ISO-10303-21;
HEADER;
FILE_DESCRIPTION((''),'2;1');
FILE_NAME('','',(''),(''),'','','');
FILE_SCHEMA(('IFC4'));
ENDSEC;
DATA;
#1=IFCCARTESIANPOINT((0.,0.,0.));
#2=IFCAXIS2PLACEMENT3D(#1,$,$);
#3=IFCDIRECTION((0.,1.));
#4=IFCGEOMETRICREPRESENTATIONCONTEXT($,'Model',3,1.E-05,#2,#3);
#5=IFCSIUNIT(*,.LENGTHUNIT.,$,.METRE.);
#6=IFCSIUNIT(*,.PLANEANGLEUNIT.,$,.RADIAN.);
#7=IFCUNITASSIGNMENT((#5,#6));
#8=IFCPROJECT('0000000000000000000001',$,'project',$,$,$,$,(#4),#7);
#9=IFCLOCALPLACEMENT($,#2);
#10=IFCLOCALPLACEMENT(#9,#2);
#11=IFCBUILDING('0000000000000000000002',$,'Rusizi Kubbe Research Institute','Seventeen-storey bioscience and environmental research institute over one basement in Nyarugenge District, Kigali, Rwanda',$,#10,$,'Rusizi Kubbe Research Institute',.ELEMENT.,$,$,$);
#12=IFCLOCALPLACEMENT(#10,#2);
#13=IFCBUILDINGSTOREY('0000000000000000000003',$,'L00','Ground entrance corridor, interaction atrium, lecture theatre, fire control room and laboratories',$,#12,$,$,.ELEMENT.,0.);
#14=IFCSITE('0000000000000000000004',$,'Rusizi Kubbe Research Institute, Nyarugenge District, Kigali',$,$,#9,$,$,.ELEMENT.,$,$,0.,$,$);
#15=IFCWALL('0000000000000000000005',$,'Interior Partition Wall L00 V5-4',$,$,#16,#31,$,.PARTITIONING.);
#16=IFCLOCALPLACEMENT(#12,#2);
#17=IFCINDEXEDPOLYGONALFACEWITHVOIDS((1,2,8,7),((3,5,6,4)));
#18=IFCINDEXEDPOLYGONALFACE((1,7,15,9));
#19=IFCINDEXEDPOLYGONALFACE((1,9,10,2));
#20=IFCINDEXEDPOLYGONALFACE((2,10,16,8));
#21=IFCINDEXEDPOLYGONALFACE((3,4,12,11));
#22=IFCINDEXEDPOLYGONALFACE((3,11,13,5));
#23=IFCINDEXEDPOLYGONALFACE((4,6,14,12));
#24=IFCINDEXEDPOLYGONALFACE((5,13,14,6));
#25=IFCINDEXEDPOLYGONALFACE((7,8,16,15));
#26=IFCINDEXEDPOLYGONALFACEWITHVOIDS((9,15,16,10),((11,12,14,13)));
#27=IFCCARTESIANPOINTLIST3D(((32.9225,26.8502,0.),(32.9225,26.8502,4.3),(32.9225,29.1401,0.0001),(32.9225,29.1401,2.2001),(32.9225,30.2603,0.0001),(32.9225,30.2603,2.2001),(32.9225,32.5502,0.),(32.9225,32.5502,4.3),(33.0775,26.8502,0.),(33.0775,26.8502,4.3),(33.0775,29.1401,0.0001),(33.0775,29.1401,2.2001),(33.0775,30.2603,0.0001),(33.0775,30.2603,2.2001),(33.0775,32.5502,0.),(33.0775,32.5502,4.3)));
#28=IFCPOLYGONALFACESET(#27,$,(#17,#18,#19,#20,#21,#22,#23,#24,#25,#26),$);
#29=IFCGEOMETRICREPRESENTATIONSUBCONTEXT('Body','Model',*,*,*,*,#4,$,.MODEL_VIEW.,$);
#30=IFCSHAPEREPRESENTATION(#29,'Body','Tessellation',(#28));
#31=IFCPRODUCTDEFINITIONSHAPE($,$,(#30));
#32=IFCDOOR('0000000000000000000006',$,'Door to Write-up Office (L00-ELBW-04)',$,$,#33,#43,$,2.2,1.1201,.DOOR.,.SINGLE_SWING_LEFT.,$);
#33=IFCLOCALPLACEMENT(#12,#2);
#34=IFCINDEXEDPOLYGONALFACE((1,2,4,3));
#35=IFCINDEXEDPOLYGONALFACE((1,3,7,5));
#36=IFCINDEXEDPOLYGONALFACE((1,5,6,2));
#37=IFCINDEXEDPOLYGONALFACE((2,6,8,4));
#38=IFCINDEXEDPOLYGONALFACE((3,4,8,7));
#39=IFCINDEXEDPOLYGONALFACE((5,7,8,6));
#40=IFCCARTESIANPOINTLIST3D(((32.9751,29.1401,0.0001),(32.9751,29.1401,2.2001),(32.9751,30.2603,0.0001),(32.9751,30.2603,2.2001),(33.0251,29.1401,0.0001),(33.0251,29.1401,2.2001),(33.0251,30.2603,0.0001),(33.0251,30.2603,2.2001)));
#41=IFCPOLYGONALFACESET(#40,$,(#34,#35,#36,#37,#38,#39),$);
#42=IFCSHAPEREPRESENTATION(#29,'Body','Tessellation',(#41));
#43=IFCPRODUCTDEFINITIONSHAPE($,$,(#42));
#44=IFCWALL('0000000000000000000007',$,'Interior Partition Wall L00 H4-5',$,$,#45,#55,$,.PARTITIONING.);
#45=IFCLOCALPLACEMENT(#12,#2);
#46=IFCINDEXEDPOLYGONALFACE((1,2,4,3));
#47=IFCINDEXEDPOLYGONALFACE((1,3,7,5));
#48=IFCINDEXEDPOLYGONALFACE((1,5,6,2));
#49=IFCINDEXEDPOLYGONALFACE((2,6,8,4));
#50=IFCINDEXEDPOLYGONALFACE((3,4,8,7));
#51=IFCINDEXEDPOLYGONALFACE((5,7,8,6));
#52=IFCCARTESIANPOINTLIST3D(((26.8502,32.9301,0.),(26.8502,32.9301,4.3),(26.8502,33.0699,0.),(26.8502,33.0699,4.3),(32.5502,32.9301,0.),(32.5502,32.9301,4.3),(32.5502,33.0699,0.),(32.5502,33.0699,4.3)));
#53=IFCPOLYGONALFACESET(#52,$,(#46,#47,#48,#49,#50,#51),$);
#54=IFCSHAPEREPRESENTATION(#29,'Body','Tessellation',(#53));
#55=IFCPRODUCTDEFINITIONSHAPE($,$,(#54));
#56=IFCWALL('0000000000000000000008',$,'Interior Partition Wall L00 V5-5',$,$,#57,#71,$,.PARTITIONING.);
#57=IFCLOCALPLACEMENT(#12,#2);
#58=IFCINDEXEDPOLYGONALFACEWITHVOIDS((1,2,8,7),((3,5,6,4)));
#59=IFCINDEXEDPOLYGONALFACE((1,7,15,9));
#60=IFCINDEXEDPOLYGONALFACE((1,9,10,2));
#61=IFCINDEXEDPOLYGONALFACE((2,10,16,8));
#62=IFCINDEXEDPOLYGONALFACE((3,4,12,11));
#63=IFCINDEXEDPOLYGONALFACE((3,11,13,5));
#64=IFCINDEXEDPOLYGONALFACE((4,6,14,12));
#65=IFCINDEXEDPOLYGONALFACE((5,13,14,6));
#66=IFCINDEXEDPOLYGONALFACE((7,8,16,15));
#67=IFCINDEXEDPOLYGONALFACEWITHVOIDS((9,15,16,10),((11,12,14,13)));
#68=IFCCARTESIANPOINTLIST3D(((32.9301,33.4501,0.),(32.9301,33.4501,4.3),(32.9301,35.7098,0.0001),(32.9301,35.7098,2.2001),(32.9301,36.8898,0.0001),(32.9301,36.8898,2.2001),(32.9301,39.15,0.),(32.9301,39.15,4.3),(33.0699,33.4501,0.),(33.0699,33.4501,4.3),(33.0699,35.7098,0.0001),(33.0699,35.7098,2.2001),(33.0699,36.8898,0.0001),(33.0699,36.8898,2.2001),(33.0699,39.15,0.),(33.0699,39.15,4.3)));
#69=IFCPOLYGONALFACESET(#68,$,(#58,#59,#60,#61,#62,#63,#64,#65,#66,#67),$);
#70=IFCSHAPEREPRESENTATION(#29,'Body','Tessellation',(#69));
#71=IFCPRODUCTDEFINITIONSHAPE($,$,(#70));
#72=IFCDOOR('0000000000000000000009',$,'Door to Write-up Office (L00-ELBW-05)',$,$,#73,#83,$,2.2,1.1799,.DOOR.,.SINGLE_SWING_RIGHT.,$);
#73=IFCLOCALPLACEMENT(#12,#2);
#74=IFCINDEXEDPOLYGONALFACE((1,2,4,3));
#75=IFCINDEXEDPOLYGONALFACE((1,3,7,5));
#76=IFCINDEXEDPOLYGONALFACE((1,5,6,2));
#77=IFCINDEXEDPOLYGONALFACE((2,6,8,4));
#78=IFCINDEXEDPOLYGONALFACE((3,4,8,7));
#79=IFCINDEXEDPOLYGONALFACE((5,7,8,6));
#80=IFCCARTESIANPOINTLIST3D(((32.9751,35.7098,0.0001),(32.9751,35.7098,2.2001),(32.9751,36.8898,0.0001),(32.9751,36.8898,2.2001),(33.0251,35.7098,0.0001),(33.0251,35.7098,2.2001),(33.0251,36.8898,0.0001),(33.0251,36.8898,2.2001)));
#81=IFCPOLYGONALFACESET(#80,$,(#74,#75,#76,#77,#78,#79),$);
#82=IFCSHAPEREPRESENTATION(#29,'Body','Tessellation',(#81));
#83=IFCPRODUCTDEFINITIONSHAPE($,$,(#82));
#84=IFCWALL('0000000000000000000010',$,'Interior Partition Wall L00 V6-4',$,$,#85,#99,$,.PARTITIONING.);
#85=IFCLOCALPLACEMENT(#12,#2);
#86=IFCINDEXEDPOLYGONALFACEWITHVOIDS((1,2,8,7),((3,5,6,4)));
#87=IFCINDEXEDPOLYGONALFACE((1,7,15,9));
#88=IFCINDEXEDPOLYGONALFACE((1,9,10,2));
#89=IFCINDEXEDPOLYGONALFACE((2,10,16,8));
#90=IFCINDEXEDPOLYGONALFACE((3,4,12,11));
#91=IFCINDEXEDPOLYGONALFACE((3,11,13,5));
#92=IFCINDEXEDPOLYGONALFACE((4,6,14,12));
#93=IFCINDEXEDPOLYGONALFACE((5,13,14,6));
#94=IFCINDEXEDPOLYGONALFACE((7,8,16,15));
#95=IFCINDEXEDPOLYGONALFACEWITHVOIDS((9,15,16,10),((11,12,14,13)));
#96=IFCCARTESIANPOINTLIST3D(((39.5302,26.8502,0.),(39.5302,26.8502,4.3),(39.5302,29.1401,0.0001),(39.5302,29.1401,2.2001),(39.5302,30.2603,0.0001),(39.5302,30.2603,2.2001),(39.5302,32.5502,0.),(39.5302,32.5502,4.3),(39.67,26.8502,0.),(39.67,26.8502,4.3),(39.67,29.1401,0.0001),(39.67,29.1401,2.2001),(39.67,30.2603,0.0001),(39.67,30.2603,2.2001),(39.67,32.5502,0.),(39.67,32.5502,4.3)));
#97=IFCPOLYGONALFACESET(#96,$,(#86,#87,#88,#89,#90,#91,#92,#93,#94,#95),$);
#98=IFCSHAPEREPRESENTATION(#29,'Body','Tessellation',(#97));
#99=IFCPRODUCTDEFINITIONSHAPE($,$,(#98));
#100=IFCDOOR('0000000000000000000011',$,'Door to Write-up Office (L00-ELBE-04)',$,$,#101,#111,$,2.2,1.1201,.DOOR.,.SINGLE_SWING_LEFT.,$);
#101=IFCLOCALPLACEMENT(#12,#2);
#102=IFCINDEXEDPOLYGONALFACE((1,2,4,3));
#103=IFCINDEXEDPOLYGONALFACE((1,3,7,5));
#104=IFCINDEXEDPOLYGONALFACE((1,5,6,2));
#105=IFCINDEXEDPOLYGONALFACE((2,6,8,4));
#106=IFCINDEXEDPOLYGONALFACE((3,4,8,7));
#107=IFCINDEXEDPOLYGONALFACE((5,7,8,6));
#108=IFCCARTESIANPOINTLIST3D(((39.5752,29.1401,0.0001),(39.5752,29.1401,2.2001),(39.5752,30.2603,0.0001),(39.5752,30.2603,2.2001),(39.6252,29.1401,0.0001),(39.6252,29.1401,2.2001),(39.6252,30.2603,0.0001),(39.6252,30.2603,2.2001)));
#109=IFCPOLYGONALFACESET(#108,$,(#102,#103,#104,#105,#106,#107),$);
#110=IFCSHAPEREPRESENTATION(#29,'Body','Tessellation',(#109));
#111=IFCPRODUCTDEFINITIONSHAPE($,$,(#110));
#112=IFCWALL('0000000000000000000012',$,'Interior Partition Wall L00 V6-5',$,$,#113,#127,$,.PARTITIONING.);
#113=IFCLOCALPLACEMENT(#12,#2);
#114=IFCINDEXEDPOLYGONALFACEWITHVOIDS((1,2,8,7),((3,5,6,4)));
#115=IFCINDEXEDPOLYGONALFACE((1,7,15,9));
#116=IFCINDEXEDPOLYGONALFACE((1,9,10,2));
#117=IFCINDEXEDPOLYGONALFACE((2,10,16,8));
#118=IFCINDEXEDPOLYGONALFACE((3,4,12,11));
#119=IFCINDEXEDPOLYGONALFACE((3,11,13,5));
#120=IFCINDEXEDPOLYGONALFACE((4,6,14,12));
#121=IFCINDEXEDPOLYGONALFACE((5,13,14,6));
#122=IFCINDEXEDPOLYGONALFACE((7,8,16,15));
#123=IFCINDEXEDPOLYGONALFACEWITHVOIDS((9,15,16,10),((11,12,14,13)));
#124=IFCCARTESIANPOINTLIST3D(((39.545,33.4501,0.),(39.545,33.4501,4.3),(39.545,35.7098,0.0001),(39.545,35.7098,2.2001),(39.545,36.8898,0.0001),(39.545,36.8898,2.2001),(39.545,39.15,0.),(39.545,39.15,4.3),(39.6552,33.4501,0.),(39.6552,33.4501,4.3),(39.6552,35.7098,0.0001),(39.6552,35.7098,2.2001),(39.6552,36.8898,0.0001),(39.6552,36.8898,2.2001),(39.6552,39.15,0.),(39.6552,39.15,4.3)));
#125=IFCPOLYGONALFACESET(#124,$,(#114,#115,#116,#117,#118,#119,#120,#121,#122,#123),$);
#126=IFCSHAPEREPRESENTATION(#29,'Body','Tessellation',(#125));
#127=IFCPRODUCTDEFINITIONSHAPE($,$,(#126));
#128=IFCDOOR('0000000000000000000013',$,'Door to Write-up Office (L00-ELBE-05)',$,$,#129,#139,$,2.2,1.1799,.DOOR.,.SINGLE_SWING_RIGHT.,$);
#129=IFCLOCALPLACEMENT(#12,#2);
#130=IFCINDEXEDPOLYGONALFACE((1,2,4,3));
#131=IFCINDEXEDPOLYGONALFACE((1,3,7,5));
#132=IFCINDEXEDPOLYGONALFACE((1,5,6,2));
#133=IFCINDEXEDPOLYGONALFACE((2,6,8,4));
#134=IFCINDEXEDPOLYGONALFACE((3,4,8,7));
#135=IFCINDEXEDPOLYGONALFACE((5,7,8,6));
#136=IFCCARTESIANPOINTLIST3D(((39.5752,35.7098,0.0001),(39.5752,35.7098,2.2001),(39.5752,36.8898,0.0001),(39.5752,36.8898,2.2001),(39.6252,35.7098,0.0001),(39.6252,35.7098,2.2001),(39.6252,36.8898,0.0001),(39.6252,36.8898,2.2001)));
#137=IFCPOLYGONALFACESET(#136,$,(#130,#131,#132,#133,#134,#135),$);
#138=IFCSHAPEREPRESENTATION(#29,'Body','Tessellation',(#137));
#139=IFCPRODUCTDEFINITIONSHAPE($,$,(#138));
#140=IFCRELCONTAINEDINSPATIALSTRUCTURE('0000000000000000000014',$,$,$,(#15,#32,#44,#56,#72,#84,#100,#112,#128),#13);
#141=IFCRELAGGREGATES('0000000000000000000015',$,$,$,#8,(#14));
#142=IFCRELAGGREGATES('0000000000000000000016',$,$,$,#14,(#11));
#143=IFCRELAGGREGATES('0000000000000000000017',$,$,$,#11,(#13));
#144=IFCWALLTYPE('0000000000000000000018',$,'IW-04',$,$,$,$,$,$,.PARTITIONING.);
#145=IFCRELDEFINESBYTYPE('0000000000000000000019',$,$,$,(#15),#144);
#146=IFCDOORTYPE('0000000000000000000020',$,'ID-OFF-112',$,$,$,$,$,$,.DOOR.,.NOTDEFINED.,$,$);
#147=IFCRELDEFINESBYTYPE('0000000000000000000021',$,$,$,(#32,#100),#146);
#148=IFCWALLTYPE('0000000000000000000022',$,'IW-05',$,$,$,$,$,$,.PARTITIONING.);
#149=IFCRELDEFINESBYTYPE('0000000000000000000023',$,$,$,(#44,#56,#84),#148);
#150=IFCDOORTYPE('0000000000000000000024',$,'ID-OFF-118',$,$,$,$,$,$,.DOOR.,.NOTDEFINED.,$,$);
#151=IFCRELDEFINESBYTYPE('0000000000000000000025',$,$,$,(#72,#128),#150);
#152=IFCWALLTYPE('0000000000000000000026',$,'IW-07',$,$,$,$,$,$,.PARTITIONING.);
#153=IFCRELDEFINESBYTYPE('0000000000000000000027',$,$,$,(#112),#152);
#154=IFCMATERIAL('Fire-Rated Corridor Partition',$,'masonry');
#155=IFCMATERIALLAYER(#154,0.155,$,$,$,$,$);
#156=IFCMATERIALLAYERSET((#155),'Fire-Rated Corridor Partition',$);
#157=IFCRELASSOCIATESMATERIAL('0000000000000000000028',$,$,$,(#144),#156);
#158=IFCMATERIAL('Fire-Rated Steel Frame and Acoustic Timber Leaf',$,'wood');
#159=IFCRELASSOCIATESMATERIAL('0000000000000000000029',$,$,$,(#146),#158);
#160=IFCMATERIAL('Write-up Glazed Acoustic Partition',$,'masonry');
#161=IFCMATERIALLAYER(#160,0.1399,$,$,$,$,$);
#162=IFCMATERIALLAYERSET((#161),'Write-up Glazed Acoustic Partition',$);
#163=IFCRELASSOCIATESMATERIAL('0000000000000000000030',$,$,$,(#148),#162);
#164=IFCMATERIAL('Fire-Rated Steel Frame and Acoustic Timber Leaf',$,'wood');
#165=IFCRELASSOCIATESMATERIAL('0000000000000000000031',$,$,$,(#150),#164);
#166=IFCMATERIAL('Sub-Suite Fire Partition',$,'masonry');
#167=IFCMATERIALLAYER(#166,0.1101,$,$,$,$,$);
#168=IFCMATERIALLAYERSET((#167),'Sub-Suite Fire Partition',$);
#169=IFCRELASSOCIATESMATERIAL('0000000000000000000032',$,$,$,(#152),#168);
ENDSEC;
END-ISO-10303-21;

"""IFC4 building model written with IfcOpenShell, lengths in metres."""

from ifc_helpers import new_model, si_unit, direction, frame, frame_2d, origin, place, context, subcontext, project, spatial, rectangle, extrude, material, layer, layer_set, type_object, element, fill, save


model = new_model("IFC4")

# Units and contexts
model_context = context("Model", 3, precision=1e-05, world=origin(), true_north=direction((0.0, 1.0)))
body_context = subcontext(model_context, "Body", "Model", "MODEL_VIEW")
ifc_project = project(units=[si_unit("LENGTHUNIT", "METRE"), si_unit("PLANEANGLEUNIT", "RADIAN")], contexts=[model_context])

# Site, building, storey
site_placement = place(None, origin())
site = spatial("IfcSite", under=ifc_project, at=site_placement, Name="Rusizi Kubbe Research Institute, Nyarugenge District, Kigali", CompositionType="ELEMENT", RefElevation=0.0)
building_placement = place(site_placement, origin())
building = spatial("IfcBuilding", under=site, at=building_placement, Name="Rusizi Kubbe Research Institute", Description="Seventeen-storey bioscience and environmental research institute over one basement in Nyarugenge District, Kigali, Rwanda", LongName="Rusizi Kubbe Research Institute", CompositionType="ELEMENT")
storey_placement = place(building_placement, origin())
storey = spatial("IfcBuildingStorey", under=building, at=storey_placement, Name="L00", Description="Ground entrance corridor, interaction atrium, lecture theatre, fire control room and laboratories", CompositionType="ELEMENT", Elevation=0.0)

# Shared definitions
ifc_material_1 = material(Name="Fire-Rated Corridor Partition", Category="masonry")
ifc_layer_1 = layer(ifc_material_1, 0.155)
ifc_layer_set_1 = layer_set([ifc_layer_1], Name="Fire-Rated Corridor Partition")
wall_type_1 = type_object("IfcWallType", Name="IW-04", PredefinedType="PARTITIONING", material=ifc_layer_set_1)

# Wall, opening, door
wall_1_placement = place(storey_placement, frame((33.0, 26.8501, 0.0), z_axis=(0.0, 0.0, 1.0), x_axis=(0.0, 1.0, 0.0)))
wall_1 = element("IfcWall", 1, at=wall_1_placement, inside=storey, type_object=wall_type_1, Name="Interior Partition Wall L00 V5-4", PredefinedType="PARTITIONING", context=body_context, shape_type="SweptSolid", body=[
    extrude(rectangle(XDim=5.7, YDim=0.155, at=frame_2d((2.8501, 0.0))), origin(), (0.0, 0.0, 1.0), 4.3),
])
opening_1_placement = place(wall_1_placement, frame((2.29, 0.0, 0.0)))
opening_1 = element("IfcOpeningElement", 2, at=opening_1_placement, cuts=wall_1, PredefinedType="OPENING", context=body_context, shape_type="SweptSolid", body=[
    extrude(rectangle(XDim=1.1201, YDim=2.2, at=frame_2d((0.5601, 1.1001))), frame((0.0, 0.0874, 0.0), z_axis=(0.0, -1.0, 0.0), x_axis=(1.0, 0.0, 0.0)), (0.0, 0.0, 1.0), 0.175),
])
ifc_material_2 = material(Name="Fire-Rated Steel Frame and Acoustic Timber Leaf", Category="wood")
door_type_1 = type_object("IfcDoorType", Name="ID-OFF-112", OperationType="NOTDEFINED", PredefinedType="DOOR", material=ifc_material_2)
door_1_placement = place(opening_1_placement, origin())
door_1 = element("IfcDoor", 3, at=door_1_placement, inside=storey, type_object=door_type_1, Name="Door to Write-up Office (L00-ELBW-04)", OperationType="SINGLE_SWING_LEFT", OverallHeight=2.2, OverallWidth=1.1201, PredefinedType="DOOR", context=body_context, shape_type="SweptSolid", body=[
    extrude(rectangle(XDim=1.1201, YDim=2.2, at=frame_2d((0.5601, 1.1001))), frame((0.0, 0.0249, 0.0), z_axis=(0.0, -1.0, 0.0), x_axis=(1.0, 0.0, 0.0)), (0.0, 0.0, 1.0), 0.05),
])
fill(opening_1, door_1)

# Wall
ifc_material_3 = material(Name="Write-up Glazed Acoustic Partition", Category="masonry")
ifc_layer_2 = layer(ifc_material_3, 0.1399)
ifc_layer_set_2 = layer_set([ifc_layer_2], Name="Write-up Glazed Acoustic Partition")
wall_type_2 = type_object("IfcWallType", Name="IW-05", PredefinedType="PARTITIONING", material=ifc_layer_set_2)
wall_2_placement = place(storey_placement, frame((26.8501, 33.0, 0.0), z_axis=(0.0, 0.0, 1.0), x_axis=(1.0, 0.0, 0.0)))
element("IfcWall", 4, at=wall_2_placement, inside=storey, type_object=wall_type_2, Name="Interior Partition Wall L00 H4-5", PredefinedType="PARTITIONING", context=body_context, shape_type="SweptSolid", body=[
    extrude(rectangle(XDim=5.7, YDim=0.1399, at=frame_2d((2.8501, 0.0))), origin(), (0.0, 0.0, 1.0), 4.3),
])

# Walls, openings, doors
wall_3_placement = place(storey_placement, frame((33.0, 33.45, 0.0), z_axis=(0.0, 0.0, 1.0), x_axis=(0.0, 1.0, 0.0)))
wall_3 = element("IfcWall", 5, at=wall_3_placement, inside=storey, type_object=wall_type_2, Name="Interior Partition Wall L00 V5-5", PredefinedType="PARTITIONING", context=body_context, shape_type="SweptSolid", body=[
    extrude(rectangle(XDim=5.7, YDim=0.1399, at=frame_2d((2.8501, 0.0))), origin(), (0.0, 0.0, 1.0), 4.3),
])
opening_2_placement = place(wall_3_placement, frame((2.26, 0.0, 0.0)))
opening_2 = element("IfcOpeningElement", 6, at=opening_2_placement, cuts=wall_3, PredefinedType="OPENING", context=body_context, shape_type="SweptSolid", body=[
    extrude(rectangle(XDim=1.1799, YDim=2.2, at=frame_2d((0.5898, 1.1001))), frame((0.0, 0.0798, 0.0), z_axis=(0.0, -1.0, 0.0), x_axis=(1.0, 0.0, 0.0)), (0.0, 0.0, 1.0), 0.1599),
])
ifc_material_4 = material(Name="Fire-Rated Steel Frame and Acoustic Timber Leaf", Category="wood")
door_type_2 = type_object("IfcDoorType", Name="ID-OFF-118", OperationType="NOTDEFINED", PredefinedType="DOOR", material=ifc_material_4)
door_2_placement = place(opening_2_placement, origin())
door_2 = element("IfcDoor", 7, at=door_2_placement, inside=storey, type_object=door_type_2, Name="Door to Write-up Office (L00-ELBW-05)", OperationType="SINGLE_SWING_RIGHT", OverallHeight=2.2, OverallWidth=1.1799, PredefinedType="DOOR", context=body_context, shape_type="SweptSolid", body=[
    extrude(rectangle(XDim=1.1799, YDim=2.2, at=frame_2d((0.5898, 1.1001))), frame((0.0, 0.0249, 0.0), z_axis=(0.0, -1.0, 0.0), x_axis=(1.0, 0.0, 0.0)), (0.0, 0.0, 1.0), 0.05),
])
fill(opening_2, door_2)
wall_4_placement = place(storey_placement, frame((39.6001, 26.8501, 0.0), z_axis=(0.0, 0.0, 1.0), x_axis=(0.0, 1.0, 0.0)))
wall_4 = element("IfcWall", 8, at=wall_4_placement, inside=storey, type_object=wall_type_2, Name="Interior Partition Wall L00 V6-4", PredefinedType="PARTITIONING", context=body_context, shape_type="SweptSolid", body=[
    extrude(rectangle(XDim=5.7, YDim=0.1399, at=frame_2d((2.8501, 0.0))), origin(), (0.0, 0.0, 1.0), 4.3),
])
opening_3_placement = place(wall_4_placement, frame((2.29, 0.0, 0.0)))
opening_3 = element("IfcOpeningElement", 9, at=opening_3_placement, cuts=wall_4, PredefinedType="OPENING", context=body_context, shape_type="SweptSolid", body=[
    extrude(rectangle(XDim=1.1201, YDim=2.2, at=frame_2d((0.5601, 1.1001))), frame((0.0, 0.0798, 0.0), z_axis=(0.0, -1.0, 0.0), x_axis=(1.0, 0.0, 0.0)), (0.0, 0.0, 1.0), 0.1599),
])
door_3_placement = place(opening_3_placement, origin())
door_3 = element("IfcDoor", 10, at=door_3_placement, inside=storey, type_object=door_type_1, Name="Door to Write-up Office (L00-ELBE-04)", OperationType="SINGLE_SWING_LEFT", OverallHeight=2.2, OverallWidth=1.1201, PredefinedType="DOOR", context=body_context, shape_type="SweptSolid", body=[
    extrude(rectangle(XDim=1.1201, YDim=2.2, at=frame_2d((0.5601, 1.1001))), frame((0.0, 0.0249, 0.0), z_axis=(0.0, -1.0, 0.0), x_axis=(1.0, 0.0, 0.0)), (0.0, 0.0, 1.0), 0.05),
])
fill(opening_3, door_3)
ifc_material_5 = material(Name="Sub-Suite Fire Partition", Category="masonry")
ifc_layer_3 = layer(ifc_material_5, 0.1101)
ifc_layer_set_3 = layer_set([ifc_layer_3], Name="Sub-Suite Fire Partition")
wall_type_3 = type_object("IfcWallType", Name="IW-07", PredefinedType="PARTITIONING", material=ifc_layer_set_3)
wall_5_placement = place(storey_placement, frame((39.6001, 33.45, 0.0), z_axis=(0.0, 0.0, 1.0), x_axis=(0.0, 1.0, 0.0)))
wall_5 = element("IfcWall", 11, at=wall_5_placement, inside=storey, type_object=wall_type_3, Name="Interior Partition Wall L00 V6-5", PredefinedType="PARTITIONING", context=body_context, shape_type="SweptSolid", body=[
    extrude(rectangle(XDim=5.7, YDim=0.1101, at=frame_2d((2.8501, 0.0))), origin(), (0.0, 0.0, 1.0), 4.3),
])
opening_4_placement = place(wall_5_placement, frame((2.26, 0.0, 0.0)))
opening_4 = element("IfcOpeningElement", 12, at=opening_4_placement, cuts=wall_5, PredefinedType="OPENING", context=body_context, shape_type="SweptSolid", body=[
    extrude(rectangle(XDim=1.1799, YDim=2.2, at=frame_2d((0.5898, 1.1001))), frame((0.0, 0.0649, 0.0), z_axis=(0.0, -1.0, 0.0), x_axis=(1.0, 0.0, 0.0)), (0.0, 0.0, 1.0), 0.1301),
])
door_4_placement = place(opening_4_placement, origin())
door_4 = element("IfcDoor", 13, at=door_4_placement, inside=storey, type_object=door_type_2, Name="Door to Write-up Office (L00-ELBE-05)", OperationType="SINGLE_SWING_RIGHT", OverallHeight=2.2, OverallWidth=1.1799, PredefinedType="DOOR", context=body_context, shape_type="SweptSolid", body=[
    extrude(rectangle(XDim=1.1799, YDim=2.2, at=frame_2d((0.5898, 1.1001))), frame((0.0, 0.0249, 0.0), z_axis=(0.0, -1.0, 0.0), x_axis=(1.0, 0.0, 0.0)), (0.0, 0.0, 1.0), 0.05),
])
fill(opening_4, door_4)

save(model, "model.ifc")
